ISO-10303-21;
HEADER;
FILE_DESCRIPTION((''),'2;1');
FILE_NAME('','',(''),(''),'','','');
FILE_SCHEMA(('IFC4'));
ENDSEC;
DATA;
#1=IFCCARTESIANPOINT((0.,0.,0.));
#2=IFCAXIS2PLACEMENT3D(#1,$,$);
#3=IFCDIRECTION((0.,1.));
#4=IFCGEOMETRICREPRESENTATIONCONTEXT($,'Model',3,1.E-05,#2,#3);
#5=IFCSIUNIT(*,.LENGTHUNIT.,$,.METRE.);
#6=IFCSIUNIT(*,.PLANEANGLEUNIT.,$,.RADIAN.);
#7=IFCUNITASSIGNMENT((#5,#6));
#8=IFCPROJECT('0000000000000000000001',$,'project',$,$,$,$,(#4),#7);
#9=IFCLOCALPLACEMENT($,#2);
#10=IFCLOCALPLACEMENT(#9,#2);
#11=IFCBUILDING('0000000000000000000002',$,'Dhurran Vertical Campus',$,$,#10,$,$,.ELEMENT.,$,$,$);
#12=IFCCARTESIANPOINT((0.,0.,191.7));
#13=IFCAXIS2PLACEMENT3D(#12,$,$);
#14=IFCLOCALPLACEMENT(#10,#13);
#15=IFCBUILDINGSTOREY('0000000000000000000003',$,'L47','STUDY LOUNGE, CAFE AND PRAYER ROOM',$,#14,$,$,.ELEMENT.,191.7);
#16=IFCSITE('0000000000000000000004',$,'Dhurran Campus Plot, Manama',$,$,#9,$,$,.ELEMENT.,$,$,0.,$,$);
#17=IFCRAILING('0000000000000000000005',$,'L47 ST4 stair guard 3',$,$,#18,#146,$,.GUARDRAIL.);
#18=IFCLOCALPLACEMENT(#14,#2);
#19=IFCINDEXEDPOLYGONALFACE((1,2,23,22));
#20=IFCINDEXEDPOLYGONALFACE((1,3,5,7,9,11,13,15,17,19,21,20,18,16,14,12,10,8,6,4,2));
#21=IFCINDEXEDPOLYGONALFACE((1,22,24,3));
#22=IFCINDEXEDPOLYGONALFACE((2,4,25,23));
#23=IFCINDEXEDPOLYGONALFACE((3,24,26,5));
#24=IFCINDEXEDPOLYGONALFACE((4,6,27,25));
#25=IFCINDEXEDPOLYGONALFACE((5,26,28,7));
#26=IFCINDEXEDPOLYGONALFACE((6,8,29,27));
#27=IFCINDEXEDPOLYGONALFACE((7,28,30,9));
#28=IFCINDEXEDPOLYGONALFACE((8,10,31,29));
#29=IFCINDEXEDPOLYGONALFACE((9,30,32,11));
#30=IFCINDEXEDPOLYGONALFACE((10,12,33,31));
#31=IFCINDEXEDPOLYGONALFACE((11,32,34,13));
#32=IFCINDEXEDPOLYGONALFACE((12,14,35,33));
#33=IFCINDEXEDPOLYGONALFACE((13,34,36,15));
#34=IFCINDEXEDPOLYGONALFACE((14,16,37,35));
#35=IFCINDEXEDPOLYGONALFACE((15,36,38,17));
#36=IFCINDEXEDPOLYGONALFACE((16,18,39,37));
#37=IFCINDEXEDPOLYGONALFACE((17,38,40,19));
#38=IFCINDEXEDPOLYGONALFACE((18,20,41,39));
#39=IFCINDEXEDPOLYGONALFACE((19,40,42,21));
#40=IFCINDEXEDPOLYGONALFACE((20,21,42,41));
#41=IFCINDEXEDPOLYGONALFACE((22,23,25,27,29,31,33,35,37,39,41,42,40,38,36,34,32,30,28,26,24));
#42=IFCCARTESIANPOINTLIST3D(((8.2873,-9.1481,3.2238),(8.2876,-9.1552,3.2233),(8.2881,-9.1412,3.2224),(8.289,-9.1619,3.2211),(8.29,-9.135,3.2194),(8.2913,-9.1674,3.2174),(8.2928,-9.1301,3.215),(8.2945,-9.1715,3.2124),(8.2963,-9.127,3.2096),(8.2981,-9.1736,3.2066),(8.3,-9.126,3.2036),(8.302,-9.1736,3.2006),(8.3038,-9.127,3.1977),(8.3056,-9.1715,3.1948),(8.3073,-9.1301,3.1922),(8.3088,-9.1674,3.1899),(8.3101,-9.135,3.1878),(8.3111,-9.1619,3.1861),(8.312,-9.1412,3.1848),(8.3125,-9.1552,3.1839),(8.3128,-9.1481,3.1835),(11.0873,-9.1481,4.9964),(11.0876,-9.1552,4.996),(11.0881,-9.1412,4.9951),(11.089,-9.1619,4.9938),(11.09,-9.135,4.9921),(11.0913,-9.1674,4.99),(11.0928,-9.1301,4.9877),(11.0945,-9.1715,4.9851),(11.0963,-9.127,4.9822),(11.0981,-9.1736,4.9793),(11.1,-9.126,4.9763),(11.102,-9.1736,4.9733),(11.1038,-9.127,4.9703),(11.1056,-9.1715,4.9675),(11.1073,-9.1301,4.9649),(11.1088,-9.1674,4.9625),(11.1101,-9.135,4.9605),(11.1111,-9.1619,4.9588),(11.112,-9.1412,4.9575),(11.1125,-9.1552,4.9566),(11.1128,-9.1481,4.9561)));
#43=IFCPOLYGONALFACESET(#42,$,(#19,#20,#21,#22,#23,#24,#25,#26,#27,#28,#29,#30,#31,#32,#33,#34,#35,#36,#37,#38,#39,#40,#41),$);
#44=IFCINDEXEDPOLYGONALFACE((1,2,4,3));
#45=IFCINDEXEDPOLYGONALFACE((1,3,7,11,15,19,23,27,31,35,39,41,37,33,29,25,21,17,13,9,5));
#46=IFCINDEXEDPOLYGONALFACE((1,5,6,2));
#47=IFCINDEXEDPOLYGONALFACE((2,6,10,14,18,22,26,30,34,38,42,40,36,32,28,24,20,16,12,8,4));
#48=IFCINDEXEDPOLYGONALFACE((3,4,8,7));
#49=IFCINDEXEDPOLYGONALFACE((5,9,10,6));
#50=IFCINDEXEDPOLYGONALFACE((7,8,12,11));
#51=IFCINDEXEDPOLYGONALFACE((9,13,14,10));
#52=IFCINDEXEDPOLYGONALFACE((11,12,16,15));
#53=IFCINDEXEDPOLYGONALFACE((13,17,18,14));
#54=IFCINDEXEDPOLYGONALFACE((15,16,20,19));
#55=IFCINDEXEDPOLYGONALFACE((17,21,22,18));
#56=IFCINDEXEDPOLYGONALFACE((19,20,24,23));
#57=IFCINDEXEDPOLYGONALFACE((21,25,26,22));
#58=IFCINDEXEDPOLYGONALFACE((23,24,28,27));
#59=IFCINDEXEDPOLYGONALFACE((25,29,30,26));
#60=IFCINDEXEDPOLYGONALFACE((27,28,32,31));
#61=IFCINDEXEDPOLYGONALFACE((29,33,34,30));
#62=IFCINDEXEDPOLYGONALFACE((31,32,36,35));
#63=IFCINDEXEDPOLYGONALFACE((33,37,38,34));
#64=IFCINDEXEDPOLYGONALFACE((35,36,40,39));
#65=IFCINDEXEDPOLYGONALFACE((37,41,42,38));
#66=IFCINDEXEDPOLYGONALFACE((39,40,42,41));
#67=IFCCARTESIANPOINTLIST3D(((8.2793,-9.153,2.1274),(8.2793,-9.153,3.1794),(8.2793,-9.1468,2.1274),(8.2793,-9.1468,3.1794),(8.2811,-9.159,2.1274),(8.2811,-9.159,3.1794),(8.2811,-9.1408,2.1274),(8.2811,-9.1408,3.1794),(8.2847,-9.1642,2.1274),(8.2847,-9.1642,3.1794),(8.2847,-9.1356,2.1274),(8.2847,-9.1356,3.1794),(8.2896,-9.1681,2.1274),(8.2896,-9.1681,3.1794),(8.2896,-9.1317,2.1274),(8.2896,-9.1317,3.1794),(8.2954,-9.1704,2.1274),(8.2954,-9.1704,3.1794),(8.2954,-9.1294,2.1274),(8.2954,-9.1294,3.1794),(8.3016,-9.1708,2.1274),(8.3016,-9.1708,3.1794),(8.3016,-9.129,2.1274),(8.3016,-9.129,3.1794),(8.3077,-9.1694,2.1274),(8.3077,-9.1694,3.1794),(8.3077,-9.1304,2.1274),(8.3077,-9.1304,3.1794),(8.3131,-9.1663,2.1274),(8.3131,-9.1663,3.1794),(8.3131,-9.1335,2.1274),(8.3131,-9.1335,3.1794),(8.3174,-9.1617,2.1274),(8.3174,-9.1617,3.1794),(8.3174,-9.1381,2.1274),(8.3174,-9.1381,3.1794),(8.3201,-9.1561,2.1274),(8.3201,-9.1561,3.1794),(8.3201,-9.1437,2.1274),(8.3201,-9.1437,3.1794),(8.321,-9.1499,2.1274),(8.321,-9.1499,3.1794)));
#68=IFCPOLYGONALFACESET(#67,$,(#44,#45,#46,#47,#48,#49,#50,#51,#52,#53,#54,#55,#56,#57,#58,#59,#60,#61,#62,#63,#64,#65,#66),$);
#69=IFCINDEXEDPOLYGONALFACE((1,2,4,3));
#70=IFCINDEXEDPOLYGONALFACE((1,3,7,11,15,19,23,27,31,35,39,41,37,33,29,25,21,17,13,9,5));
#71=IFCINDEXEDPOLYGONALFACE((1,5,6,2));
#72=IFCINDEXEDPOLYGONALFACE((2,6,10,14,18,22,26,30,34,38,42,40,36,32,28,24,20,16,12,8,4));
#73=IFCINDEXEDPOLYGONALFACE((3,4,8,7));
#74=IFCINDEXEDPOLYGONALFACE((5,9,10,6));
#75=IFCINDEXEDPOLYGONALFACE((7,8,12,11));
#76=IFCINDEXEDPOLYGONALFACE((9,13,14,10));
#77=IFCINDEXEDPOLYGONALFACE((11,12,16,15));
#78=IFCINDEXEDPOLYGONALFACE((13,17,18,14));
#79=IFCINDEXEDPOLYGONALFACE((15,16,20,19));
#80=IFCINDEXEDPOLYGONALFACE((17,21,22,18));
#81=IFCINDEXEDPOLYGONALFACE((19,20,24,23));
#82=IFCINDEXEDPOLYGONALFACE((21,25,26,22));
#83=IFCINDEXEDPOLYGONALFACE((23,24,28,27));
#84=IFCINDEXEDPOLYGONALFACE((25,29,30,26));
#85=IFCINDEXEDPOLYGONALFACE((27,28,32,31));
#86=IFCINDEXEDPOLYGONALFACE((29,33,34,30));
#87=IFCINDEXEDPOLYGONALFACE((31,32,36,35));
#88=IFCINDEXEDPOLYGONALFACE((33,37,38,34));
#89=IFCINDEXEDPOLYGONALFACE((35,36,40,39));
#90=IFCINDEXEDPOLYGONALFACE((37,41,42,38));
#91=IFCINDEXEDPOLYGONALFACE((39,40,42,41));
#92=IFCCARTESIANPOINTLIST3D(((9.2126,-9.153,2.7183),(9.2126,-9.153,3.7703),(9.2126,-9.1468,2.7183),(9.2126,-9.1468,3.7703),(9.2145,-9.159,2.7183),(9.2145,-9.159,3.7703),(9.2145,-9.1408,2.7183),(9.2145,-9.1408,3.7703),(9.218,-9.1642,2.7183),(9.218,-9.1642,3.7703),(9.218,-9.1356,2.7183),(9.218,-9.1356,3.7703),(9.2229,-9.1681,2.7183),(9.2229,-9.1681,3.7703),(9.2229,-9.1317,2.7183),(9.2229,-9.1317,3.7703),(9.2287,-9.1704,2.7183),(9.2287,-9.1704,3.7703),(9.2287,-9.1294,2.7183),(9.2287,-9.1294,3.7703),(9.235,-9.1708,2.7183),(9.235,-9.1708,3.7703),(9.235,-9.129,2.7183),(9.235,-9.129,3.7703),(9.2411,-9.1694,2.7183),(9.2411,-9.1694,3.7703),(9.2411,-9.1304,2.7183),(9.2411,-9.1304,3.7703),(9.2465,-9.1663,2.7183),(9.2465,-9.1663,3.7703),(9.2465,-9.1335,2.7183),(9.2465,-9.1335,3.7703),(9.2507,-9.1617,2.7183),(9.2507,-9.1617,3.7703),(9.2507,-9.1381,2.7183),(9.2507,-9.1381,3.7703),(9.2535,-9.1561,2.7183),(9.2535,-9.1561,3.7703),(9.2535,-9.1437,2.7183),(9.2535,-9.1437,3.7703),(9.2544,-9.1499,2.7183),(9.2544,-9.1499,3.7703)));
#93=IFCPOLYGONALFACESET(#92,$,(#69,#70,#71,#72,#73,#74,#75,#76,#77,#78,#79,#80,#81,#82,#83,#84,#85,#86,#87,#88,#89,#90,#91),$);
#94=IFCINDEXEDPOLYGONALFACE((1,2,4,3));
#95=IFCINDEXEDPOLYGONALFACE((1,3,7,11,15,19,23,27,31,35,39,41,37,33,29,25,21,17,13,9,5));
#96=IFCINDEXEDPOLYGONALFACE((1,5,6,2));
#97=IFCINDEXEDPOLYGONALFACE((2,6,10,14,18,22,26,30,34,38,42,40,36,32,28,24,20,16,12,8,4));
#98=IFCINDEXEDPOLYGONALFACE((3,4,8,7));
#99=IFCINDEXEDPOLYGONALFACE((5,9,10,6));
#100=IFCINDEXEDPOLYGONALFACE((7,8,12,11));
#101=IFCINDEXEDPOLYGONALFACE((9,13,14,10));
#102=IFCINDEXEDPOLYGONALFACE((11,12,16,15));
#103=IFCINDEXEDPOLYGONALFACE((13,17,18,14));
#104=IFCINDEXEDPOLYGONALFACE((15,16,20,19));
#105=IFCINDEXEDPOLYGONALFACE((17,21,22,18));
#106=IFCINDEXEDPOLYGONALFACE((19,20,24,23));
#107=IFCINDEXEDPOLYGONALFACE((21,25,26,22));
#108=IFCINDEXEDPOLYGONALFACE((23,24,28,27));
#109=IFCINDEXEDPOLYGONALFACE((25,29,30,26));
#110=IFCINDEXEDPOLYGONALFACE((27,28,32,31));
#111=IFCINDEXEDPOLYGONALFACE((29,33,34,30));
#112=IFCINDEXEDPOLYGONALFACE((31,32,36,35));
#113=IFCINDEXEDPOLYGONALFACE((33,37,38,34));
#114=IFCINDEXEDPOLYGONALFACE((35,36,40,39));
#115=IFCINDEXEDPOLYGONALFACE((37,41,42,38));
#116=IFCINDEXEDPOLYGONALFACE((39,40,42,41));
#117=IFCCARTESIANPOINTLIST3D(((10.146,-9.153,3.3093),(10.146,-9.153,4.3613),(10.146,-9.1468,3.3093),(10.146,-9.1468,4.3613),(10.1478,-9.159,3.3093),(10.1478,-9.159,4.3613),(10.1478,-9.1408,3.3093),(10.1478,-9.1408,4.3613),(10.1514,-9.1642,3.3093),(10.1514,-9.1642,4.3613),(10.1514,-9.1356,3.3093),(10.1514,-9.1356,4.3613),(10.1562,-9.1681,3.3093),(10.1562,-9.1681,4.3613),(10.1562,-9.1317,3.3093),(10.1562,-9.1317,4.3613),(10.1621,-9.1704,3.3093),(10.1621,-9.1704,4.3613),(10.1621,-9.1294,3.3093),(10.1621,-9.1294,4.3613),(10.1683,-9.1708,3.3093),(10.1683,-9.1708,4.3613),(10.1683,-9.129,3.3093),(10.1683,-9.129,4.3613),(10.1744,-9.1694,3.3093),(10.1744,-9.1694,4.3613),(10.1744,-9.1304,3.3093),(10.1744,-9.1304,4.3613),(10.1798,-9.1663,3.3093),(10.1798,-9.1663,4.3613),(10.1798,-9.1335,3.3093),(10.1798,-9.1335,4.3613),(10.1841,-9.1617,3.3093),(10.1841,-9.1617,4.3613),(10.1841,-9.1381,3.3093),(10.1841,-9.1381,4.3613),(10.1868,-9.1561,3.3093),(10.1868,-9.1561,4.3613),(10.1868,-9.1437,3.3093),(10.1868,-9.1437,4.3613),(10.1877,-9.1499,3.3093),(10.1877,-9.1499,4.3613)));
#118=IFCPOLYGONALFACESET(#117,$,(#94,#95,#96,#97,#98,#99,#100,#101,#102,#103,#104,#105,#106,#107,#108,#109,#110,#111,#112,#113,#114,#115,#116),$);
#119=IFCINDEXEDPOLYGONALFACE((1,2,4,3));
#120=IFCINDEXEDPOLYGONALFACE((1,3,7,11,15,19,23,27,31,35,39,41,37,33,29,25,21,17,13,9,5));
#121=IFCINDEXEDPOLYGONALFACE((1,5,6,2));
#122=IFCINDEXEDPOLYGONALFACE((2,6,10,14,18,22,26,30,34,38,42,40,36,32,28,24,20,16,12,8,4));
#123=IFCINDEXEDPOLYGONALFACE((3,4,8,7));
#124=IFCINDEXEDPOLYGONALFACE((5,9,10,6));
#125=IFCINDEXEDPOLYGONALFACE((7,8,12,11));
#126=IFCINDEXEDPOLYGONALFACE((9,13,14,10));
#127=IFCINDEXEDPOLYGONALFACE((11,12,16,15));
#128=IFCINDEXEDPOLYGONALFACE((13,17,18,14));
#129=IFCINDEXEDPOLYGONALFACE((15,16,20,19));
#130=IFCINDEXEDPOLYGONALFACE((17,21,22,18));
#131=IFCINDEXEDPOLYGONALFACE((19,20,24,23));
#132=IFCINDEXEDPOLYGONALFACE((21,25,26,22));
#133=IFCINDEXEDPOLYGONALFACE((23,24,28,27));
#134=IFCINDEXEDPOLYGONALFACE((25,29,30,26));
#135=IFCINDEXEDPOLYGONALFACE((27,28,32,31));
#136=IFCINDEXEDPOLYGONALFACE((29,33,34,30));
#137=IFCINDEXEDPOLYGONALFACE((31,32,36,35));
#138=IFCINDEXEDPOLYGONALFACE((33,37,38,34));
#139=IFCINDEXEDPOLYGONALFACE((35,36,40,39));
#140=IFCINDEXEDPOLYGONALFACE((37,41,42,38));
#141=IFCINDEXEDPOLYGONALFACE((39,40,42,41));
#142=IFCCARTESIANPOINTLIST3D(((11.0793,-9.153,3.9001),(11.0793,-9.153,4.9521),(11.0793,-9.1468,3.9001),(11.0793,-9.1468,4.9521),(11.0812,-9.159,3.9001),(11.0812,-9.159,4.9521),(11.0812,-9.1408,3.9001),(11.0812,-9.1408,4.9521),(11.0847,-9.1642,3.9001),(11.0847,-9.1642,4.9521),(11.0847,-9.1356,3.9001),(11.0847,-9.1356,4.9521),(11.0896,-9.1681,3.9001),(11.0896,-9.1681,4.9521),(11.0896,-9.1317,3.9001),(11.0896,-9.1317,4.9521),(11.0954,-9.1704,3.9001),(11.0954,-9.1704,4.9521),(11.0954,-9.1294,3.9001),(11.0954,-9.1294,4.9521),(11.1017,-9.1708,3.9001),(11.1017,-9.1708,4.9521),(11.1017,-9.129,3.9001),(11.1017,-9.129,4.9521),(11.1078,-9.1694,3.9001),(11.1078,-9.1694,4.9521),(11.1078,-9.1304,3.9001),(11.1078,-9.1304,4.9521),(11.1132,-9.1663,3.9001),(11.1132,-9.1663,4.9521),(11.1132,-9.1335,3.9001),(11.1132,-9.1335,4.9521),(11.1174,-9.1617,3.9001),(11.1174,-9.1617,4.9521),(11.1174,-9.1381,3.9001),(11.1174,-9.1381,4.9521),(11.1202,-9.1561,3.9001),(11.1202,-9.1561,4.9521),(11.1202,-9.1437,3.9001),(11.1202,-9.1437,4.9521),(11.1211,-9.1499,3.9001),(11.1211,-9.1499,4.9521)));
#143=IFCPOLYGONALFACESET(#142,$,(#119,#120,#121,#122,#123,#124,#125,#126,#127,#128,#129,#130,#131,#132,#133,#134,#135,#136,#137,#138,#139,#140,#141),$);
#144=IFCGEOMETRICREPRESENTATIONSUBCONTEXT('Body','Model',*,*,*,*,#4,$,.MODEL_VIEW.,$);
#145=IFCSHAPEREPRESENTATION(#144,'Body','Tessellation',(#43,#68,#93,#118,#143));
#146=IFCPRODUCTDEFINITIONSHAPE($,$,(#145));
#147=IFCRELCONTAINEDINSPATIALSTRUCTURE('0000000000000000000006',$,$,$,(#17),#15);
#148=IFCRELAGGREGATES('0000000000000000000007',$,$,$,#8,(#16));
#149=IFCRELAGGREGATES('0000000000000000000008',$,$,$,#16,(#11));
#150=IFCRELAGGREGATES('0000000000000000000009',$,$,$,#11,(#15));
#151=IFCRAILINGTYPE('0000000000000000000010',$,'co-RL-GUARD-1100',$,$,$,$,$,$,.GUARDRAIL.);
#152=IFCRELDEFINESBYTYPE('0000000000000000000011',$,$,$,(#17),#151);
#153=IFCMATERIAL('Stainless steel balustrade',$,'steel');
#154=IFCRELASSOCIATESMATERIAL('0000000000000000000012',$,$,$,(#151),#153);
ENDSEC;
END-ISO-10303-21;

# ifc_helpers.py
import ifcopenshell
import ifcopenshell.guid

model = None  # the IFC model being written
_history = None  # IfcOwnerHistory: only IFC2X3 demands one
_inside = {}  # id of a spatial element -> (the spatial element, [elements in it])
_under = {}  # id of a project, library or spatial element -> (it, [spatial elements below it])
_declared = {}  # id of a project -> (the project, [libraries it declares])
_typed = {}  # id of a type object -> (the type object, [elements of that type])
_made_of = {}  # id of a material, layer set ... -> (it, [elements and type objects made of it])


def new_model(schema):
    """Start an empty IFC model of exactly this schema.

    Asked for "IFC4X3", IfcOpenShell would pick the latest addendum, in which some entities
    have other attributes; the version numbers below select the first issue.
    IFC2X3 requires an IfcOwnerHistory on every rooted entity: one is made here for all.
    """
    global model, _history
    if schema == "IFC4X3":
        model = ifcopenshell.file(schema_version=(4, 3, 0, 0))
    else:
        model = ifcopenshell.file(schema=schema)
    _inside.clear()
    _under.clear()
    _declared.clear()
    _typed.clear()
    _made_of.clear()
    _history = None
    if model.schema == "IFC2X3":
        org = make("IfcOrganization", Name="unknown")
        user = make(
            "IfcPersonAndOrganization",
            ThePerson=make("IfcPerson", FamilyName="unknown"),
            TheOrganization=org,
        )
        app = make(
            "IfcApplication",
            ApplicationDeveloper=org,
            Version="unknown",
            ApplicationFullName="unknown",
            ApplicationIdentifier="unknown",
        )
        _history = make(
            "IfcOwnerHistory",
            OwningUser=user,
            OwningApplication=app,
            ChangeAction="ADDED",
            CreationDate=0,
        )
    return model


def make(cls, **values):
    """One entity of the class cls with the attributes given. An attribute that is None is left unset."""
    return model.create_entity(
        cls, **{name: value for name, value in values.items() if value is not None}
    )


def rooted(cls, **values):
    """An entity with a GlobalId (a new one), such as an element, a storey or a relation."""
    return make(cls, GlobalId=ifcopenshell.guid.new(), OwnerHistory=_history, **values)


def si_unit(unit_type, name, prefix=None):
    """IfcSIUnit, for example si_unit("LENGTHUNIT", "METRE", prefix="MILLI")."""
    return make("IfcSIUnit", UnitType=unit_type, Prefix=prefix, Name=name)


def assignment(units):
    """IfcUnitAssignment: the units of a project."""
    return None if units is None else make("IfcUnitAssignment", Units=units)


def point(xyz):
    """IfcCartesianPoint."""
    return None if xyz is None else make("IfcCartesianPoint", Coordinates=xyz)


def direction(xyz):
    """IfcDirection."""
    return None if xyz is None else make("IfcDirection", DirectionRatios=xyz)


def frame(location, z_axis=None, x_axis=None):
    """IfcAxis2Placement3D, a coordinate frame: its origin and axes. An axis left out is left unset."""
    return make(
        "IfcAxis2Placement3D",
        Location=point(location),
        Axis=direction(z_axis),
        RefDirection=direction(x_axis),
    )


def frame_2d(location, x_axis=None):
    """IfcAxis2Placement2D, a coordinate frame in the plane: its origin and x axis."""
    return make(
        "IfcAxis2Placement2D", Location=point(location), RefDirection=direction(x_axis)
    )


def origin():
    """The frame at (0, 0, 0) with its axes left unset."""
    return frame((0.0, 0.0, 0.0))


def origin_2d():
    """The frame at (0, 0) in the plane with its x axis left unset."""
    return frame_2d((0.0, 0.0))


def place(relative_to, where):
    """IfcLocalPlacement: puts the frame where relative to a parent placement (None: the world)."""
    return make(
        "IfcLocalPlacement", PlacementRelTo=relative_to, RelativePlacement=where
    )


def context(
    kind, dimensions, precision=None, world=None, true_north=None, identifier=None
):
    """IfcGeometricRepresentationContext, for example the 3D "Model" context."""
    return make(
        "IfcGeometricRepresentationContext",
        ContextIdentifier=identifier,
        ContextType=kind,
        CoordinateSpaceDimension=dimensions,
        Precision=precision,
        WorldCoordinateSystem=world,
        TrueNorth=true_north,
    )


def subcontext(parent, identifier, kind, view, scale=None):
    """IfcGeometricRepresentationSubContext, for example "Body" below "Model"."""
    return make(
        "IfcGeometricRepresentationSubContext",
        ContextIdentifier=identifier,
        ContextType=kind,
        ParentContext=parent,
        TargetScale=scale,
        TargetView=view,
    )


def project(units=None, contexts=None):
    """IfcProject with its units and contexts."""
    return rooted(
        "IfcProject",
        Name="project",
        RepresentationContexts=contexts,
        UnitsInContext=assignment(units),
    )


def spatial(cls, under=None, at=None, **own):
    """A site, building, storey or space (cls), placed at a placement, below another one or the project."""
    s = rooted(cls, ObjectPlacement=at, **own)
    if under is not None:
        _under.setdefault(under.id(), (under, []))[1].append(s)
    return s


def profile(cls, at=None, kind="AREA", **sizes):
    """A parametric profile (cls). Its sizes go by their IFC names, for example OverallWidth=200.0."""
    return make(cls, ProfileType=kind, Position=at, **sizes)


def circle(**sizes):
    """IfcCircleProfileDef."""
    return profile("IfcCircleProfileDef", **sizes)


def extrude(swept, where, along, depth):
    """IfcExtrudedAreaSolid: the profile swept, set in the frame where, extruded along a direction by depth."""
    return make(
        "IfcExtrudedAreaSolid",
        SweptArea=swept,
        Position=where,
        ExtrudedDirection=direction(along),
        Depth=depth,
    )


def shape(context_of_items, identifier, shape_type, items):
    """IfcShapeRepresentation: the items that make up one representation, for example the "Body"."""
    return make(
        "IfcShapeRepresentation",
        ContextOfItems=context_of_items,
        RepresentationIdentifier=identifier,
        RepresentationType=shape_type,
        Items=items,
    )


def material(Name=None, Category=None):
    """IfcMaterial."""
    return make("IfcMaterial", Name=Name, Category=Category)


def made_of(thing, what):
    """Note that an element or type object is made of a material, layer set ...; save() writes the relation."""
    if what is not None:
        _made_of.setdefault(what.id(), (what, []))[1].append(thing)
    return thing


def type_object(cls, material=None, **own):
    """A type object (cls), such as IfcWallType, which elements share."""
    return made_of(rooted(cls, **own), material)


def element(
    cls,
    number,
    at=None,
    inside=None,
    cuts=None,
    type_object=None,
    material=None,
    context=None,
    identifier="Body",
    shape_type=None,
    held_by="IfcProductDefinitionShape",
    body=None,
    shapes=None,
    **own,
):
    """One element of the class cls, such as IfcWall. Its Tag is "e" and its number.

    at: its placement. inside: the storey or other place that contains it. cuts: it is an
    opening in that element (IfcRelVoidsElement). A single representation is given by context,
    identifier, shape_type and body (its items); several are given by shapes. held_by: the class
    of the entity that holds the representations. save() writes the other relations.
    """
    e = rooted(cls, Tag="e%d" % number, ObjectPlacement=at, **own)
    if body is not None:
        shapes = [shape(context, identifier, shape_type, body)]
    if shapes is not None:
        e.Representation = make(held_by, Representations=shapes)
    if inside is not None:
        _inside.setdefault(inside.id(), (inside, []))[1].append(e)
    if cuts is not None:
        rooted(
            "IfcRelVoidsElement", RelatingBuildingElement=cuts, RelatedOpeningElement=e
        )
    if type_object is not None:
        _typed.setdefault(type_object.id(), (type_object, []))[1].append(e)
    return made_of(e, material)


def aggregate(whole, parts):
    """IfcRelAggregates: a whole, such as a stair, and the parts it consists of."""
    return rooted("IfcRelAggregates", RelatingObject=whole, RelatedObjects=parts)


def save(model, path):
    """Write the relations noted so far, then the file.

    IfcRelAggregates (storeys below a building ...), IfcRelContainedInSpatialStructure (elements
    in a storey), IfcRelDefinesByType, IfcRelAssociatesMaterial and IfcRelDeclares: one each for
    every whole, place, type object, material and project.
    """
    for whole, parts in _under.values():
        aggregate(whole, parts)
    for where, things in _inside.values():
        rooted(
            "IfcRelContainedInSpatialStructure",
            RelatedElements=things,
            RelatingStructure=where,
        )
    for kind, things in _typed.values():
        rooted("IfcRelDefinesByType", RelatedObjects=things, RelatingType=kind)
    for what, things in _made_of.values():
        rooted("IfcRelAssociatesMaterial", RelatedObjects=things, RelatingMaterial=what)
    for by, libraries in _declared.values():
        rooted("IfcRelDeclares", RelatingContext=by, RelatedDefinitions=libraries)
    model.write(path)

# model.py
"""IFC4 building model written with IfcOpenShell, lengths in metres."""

from ifc_helpers import new_model, si_unit, direction, frame, origin, origin_2d, place, context, subcontext, project, spatial, circle, extrude, material, type_object, element, save


model = new_model("IFC4")

# Units and contexts
model_context = context("Model", 3, precision=1e-05, world=origin(), true_north=direction((0.0, 1.0)))
body_context = subcontext(model_context, "Body", "Model", "MODEL_VIEW")
ifc_project = project(units=[si_unit("LENGTHUNIT", "METRE"), si_unit("PLANEANGLEUNIT", "RADIAN")], contexts=[model_context])

# Site, building, storey
site_placement = place(None, origin())
site = spatial("IfcSite", under=ifc_project, at=site_placement, Name="Dhurran Campus Plot, Manama", CompositionType="ELEMENT", RefElevation=0.0)
building_placement = place(site_placement, origin())
building = spatial("IfcBuilding", under=site, at=building_placement, Name="Dhurran Vertical Campus", CompositionType="ELEMENT")
storey_placement = place(building_placement, frame((0.0, 0.0, 191.7)))
storey = spatial("IfcBuildingStorey", under=building, at=storey_placement, Name="L47", Description="STUDY LOUNGE, CAFE AND PRAYER ROOM", CompositionType="ELEMENT", Elevation=191.7)

# Railing
ifc_material_1 = material(Name="Stainless steel balustrade", Category="steel")
railing_type_1 = type_object("IfcRailingType", Name="co-RL-GUARD-1100", PredefinedType="GUARDRAIL", material=ifc_material_1)
railing_1_placement = place(storey_placement, frame((8.3, -9.1499, 2.1274)))
element("IfcRailing", 1, at=railing_1_placement, inside=storey, type_object=railing_type_1, Name="L47 ST4 stair guard 3", PredefinedType="GUARDRAIL", context=body_context, shape_type="SweptSolid", body=[
    extrude(circle(Radius=0.0239, at=origin_2d()), frame((0.0, 0.0, 1.0762), z_axis=(0.844909, 0.0, 0.53491), x_axis=(0.0, 1.0, 0.0)), (0.0, 0.0, 1.0), 3.314),
    extrude(circle(Radius=0.021, at=origin_2d()), origin(), (0.0, 0.0, 1.0), 1.052),
    extrude(circle(Radius=0.021, at=origin_2d()), frame((0.9333, 0.0, 0.5908)), (0.0, 0.0, 1.0), 1.052),
    extrude(circle(Radius=0.021, at=origin_2d()), frame((1.8667, 0.0, 1.1819)), (0.0, 0.0, 1.0), 1.052),
    extrude(circle(Radius=0.021, at=origin_2d()), frame((2.8, 0.0, 1.7727)), (0.0, 0.0, 1.0), 1.052),
])

save(model, "model.ifc")
